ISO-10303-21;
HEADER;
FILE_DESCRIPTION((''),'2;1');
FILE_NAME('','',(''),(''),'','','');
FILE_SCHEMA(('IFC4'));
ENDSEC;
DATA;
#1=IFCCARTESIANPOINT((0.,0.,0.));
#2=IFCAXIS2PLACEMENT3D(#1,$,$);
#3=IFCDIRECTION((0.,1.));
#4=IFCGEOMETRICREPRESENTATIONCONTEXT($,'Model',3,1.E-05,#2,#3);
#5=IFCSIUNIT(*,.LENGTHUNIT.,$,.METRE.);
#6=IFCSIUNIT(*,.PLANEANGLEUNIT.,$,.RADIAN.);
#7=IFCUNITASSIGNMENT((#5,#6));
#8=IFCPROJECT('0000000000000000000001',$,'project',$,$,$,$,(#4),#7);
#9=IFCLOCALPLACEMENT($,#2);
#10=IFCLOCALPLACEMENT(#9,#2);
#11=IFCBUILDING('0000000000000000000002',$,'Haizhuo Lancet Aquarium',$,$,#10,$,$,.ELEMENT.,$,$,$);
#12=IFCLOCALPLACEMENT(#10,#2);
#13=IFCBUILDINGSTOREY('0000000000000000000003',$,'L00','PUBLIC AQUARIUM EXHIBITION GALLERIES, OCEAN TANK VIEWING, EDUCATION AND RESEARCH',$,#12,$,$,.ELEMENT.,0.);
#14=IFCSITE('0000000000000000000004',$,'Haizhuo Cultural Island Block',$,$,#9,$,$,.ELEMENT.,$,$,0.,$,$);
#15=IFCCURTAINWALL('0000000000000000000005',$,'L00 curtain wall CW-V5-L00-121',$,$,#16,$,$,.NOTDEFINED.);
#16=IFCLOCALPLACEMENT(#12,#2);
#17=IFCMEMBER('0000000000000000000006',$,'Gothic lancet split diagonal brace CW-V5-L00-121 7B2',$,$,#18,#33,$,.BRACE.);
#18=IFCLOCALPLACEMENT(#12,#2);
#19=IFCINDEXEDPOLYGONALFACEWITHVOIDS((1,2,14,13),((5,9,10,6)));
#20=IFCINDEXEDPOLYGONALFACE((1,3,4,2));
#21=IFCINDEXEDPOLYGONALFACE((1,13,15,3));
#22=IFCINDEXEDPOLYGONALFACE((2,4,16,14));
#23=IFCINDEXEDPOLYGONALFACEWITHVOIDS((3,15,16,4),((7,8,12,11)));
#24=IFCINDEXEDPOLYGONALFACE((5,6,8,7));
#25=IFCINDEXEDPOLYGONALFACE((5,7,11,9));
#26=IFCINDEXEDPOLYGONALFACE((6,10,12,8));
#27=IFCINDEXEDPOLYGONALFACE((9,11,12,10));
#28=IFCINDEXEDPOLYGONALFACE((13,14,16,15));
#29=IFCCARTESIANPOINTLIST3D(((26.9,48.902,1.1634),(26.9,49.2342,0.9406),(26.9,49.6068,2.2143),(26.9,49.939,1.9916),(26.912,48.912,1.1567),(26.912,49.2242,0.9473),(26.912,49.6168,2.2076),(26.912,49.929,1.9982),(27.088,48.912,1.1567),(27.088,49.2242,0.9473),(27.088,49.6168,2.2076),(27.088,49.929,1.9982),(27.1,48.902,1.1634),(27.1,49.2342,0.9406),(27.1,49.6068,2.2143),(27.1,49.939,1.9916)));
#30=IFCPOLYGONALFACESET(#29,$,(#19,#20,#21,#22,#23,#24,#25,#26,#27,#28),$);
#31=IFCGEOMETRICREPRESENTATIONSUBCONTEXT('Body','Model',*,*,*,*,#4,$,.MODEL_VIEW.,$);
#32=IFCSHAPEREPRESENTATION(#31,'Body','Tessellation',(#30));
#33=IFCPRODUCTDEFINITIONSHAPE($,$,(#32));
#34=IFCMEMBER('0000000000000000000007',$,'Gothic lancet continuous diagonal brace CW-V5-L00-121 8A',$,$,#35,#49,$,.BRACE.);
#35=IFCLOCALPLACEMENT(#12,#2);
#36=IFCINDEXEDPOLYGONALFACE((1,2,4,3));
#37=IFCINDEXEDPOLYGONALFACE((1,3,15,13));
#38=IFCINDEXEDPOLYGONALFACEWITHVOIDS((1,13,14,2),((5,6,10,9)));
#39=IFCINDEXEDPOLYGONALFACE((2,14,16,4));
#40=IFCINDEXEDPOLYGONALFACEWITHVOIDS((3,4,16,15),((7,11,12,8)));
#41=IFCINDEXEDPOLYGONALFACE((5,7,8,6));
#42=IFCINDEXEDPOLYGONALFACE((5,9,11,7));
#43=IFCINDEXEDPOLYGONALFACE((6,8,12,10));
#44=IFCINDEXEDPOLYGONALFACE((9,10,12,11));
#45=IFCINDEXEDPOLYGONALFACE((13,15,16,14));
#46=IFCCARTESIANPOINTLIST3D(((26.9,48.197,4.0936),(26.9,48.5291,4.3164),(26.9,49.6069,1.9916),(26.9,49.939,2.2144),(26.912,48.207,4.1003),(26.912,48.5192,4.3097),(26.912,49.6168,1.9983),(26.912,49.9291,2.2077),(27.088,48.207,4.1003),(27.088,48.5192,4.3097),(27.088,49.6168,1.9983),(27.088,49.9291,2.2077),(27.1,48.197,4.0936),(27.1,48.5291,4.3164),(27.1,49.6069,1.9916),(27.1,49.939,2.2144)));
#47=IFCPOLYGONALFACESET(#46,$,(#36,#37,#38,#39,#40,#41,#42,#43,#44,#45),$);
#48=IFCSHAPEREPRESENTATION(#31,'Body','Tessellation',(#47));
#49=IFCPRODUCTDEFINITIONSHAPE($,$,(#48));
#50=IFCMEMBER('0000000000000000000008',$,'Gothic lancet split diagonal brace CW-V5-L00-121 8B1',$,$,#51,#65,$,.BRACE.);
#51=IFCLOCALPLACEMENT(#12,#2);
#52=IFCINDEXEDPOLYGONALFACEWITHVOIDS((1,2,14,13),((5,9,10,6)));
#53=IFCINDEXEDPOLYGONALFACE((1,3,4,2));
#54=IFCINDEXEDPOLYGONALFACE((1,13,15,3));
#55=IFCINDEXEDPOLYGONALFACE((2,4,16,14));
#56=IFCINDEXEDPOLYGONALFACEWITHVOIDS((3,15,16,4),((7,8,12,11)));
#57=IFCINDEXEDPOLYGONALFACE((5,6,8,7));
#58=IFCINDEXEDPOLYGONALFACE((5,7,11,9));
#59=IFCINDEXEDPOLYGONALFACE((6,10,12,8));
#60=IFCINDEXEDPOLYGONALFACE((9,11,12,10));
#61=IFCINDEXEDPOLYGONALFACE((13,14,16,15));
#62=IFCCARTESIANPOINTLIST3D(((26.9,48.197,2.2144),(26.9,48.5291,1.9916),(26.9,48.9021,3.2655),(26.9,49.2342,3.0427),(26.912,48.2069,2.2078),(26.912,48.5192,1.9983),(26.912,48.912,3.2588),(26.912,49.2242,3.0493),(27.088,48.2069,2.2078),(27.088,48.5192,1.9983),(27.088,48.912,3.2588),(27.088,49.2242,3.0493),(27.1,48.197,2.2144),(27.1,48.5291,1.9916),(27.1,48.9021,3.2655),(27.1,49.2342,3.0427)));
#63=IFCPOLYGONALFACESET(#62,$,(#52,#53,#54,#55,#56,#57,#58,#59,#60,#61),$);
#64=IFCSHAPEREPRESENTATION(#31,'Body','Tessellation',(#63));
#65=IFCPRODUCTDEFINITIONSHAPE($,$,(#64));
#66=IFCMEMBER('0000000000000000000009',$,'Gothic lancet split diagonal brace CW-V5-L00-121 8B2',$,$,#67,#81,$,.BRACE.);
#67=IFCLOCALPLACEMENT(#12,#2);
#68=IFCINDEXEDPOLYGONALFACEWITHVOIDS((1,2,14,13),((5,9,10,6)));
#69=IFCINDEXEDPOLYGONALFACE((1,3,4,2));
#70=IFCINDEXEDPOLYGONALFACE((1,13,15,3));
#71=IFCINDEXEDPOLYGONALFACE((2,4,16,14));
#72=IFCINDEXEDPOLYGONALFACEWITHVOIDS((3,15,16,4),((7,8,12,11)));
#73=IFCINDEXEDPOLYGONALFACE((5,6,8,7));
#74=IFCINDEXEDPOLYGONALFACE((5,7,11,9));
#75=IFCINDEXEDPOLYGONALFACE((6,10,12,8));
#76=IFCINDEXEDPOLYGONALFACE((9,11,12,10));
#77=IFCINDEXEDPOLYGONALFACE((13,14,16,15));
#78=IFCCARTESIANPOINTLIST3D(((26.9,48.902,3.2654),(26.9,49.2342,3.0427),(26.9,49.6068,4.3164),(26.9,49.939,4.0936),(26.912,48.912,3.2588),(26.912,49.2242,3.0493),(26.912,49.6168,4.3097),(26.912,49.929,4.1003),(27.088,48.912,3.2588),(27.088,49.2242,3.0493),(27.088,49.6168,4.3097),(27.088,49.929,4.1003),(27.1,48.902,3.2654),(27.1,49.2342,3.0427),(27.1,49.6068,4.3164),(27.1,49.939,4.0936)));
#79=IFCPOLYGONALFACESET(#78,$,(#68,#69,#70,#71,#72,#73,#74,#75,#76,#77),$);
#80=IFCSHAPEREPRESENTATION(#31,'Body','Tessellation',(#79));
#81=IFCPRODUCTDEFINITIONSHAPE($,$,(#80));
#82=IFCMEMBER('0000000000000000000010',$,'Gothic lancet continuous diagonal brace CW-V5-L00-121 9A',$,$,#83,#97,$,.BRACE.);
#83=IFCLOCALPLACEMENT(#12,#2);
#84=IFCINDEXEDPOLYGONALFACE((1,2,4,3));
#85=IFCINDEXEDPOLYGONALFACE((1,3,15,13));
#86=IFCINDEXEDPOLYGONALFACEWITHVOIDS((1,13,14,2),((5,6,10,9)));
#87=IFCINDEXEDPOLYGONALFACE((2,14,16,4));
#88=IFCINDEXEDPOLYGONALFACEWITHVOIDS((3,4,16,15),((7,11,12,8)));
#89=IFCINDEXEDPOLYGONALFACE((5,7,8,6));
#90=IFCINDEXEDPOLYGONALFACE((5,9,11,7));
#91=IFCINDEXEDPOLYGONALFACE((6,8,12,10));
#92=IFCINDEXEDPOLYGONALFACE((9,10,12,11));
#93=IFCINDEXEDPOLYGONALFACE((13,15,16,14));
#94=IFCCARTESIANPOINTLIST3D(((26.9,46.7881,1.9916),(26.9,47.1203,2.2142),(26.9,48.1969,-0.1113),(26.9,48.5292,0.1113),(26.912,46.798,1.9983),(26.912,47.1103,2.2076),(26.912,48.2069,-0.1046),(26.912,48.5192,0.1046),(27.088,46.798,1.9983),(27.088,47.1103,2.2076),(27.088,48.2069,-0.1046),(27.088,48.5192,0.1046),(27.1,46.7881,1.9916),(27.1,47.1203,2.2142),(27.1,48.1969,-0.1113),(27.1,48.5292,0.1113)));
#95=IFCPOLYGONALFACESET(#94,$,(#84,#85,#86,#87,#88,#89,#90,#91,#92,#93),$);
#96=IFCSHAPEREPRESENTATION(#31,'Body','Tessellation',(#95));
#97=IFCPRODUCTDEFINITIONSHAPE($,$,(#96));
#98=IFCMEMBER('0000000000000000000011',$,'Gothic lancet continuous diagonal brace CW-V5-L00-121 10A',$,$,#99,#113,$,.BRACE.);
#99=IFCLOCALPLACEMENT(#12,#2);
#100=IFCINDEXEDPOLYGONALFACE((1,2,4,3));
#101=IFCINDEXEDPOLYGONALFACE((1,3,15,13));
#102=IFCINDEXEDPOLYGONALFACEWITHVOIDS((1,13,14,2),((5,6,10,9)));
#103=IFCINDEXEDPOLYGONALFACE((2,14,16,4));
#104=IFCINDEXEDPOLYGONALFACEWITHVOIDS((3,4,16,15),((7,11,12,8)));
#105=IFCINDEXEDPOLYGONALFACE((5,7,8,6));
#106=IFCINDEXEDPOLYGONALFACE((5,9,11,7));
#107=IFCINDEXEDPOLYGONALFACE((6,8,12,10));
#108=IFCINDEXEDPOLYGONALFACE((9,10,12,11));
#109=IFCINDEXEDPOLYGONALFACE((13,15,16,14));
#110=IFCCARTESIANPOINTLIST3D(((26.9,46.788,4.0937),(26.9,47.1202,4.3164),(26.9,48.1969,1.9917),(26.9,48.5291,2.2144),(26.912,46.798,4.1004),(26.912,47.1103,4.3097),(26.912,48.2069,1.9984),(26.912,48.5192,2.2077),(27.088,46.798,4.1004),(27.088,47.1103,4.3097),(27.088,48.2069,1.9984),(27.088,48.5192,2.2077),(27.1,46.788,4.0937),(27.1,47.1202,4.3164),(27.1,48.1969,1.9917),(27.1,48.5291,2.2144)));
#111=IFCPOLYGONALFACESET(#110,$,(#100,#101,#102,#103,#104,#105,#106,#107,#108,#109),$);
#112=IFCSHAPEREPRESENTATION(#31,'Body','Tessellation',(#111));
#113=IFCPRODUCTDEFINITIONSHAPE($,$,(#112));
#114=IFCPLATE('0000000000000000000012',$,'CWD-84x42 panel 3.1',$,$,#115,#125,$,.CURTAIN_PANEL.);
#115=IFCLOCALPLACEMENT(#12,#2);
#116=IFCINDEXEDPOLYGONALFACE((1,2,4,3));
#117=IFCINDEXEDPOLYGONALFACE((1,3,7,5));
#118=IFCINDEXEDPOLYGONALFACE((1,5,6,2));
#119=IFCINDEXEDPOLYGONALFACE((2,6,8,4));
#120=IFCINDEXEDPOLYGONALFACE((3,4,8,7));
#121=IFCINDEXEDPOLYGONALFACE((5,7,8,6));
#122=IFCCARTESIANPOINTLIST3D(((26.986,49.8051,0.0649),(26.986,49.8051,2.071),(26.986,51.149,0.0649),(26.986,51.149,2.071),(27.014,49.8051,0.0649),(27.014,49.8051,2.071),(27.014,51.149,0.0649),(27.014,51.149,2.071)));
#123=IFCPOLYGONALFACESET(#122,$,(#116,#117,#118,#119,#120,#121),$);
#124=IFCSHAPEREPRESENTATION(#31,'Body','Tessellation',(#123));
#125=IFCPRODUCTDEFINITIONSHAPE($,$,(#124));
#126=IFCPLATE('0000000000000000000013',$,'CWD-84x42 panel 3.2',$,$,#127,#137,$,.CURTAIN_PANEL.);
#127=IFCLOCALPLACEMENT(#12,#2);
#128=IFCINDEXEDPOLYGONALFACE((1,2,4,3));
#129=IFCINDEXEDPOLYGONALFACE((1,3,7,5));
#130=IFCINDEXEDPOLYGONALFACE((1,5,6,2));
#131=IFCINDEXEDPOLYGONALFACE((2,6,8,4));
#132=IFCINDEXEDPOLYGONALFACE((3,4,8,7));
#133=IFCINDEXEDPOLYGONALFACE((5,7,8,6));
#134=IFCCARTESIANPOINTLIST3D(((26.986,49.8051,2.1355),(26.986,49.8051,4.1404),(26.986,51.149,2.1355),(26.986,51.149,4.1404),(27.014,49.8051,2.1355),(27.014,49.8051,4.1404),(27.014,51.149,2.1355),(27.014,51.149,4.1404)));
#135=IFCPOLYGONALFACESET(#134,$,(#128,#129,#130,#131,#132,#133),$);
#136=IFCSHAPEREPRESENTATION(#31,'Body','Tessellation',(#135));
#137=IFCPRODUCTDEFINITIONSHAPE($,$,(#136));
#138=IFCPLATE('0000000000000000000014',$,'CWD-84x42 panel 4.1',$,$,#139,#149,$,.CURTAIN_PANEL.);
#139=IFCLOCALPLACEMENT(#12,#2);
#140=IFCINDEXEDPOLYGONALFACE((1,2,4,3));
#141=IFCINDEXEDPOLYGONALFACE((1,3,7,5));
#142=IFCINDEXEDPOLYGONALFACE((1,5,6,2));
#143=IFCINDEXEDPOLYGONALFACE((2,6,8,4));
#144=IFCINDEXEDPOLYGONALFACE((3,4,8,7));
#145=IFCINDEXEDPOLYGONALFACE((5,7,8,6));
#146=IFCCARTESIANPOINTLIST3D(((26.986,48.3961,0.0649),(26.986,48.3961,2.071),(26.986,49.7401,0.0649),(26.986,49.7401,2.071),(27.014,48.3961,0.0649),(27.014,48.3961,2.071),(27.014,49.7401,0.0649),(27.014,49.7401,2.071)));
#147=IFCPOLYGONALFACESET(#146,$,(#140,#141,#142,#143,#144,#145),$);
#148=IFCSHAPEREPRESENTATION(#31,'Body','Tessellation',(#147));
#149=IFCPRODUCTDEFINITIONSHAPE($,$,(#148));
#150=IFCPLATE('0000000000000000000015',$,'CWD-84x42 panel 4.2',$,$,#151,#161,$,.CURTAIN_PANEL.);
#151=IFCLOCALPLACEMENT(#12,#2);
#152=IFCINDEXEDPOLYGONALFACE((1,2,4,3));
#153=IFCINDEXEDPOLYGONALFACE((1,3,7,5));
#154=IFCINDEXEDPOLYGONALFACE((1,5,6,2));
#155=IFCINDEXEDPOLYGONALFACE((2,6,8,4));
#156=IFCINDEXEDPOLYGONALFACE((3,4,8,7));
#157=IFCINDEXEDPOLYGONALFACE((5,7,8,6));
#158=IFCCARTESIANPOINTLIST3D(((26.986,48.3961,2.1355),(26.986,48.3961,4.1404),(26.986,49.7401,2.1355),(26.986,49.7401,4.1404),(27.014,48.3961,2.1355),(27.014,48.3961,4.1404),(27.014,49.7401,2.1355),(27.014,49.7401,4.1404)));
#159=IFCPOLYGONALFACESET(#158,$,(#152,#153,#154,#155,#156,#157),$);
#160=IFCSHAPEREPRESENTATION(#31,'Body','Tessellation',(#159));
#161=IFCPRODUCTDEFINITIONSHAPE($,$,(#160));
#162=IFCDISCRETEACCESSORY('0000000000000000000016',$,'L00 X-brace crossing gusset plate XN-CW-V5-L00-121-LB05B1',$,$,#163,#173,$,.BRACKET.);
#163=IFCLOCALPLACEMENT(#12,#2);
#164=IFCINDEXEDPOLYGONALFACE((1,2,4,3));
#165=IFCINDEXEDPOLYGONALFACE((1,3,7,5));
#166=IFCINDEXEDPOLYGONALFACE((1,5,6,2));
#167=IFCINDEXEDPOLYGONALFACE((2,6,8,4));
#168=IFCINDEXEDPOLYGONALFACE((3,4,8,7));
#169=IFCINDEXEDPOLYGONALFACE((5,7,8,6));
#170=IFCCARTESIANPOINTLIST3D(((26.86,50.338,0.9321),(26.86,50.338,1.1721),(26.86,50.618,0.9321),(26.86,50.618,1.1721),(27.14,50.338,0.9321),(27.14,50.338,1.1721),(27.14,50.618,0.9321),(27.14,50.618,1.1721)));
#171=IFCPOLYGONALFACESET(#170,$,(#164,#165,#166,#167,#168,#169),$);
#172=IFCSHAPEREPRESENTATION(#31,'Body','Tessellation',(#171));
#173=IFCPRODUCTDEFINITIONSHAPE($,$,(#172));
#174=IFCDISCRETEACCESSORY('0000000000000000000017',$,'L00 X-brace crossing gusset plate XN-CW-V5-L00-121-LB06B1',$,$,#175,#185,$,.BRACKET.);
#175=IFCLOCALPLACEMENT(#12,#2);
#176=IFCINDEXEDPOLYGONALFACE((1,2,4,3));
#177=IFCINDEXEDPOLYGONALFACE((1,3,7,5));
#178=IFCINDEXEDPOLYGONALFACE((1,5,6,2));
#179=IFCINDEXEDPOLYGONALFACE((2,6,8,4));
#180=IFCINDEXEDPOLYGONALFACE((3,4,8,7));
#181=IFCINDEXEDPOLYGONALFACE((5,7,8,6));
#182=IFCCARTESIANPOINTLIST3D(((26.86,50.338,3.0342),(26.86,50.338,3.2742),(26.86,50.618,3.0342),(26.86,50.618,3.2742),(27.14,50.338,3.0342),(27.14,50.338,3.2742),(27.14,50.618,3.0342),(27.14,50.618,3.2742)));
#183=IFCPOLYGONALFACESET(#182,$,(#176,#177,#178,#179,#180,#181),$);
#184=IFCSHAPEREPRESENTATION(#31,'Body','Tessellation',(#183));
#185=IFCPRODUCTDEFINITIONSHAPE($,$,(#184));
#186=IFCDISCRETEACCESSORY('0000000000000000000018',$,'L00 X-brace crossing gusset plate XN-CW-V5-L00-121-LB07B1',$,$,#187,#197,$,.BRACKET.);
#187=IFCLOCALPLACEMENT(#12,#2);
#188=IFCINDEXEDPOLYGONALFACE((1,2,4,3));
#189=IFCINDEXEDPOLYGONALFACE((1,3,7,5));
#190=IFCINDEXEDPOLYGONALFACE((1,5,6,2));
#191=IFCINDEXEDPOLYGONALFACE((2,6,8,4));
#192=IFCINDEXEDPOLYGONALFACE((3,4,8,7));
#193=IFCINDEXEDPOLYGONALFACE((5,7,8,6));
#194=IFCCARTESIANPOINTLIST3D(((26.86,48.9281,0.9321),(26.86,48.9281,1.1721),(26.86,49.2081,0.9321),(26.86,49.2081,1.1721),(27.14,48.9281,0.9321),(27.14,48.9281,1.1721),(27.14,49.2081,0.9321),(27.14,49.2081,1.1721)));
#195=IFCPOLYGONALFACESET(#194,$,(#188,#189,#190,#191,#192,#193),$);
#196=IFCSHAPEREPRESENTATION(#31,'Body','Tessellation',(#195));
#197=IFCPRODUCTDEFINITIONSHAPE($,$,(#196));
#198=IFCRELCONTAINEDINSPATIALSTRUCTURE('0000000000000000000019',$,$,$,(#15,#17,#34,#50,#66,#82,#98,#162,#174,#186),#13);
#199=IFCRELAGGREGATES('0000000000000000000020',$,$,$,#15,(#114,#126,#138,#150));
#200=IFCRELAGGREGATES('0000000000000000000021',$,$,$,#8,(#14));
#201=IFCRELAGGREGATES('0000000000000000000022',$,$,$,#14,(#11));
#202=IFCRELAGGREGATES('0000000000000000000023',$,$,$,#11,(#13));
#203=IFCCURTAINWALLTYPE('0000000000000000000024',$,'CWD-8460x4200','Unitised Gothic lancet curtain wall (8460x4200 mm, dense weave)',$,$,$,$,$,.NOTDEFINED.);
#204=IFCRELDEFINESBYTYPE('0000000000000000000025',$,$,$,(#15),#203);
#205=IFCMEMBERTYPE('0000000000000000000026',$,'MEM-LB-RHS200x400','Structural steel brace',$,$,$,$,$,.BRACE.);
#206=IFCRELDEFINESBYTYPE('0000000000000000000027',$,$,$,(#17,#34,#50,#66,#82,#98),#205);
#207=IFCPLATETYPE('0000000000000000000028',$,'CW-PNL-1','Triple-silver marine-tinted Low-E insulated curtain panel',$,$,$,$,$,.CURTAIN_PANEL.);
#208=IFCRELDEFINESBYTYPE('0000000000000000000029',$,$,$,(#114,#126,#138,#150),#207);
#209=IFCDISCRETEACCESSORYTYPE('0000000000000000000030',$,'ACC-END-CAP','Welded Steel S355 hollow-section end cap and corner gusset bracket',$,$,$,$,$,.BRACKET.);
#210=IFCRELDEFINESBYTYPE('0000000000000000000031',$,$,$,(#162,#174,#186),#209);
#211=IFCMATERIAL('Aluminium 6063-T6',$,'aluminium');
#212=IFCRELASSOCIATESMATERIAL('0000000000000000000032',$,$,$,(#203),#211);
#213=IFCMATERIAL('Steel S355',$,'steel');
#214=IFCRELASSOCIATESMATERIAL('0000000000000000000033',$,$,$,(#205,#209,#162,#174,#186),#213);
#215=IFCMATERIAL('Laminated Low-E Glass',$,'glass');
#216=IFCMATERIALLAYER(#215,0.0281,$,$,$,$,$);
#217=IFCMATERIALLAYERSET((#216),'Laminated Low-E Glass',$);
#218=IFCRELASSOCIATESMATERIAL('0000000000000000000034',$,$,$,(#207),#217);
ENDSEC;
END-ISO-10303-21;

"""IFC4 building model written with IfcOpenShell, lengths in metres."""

from ifc_helpers import new_model, si_unit, direction, frame, origin, origin_2d, place, context, subcontext, project, spatial, rectangle, hollow_rectangle, extrude, material, layer, layer_set, material_profile, profile_set, type_object, element, aggregate, save


model = new_model("IFC4")

# Units and contexts
model_context = context("Model", 3, precision=1e-05, world=origin(), true_north=direction((0.0, 1.0)))
body_context = subcontext(model_context, "Body", "Model", "MODEL_VIEW")
ifc_project = project(units=[si_unit("LENGTHUNIT", "METRE"), si_unit("PLANEANGLEUNIT", "RADIAN")], contexts=[model_context])

# Site, building, storey
site_placement = place(None, origin())
site = spatial("IfcSite", under=ifc_project, at=site_placement, Name="Haizhuo Cultural Island Block", CompositionType="ELEMENT", RefElevation=0.0)
building_placement = place(site_placement, origin())
building = spatial("IfcBuilding", under=site, at=building_placement, Name="Haizhuo Lancet Aquarium", CompositionType="ELEMENT")
storey_placement = place(building_placement, origin())
storey = spatial("IfcBuildingStorey", under=building, at=storey_placement, Name="L00", Description="PUBLIC AQUARIUM EXHIBITION GALLERIES, OCEAN TANK VIEWING, EDUCATION AND RESEARCH", CompositionType="ELEMENT", Elevation=0.0)

# Curtain wall
ifc_material_1 = material(Name="Aluminium 6063-T6", Category="aluminium")
curtain_wall_type = type_object("IfcCurtainWallType", Name="CWD-8460x4200", Description="Unitised Gothic lancet curtain wall (8460x4200 mm, dense weave)", PredefinedType="NOTDEFINED", material=ifc_material_1)
curtain_wall_placement = place(storey_placement, origin())
curtain_wall = element("IfcCurtainWall", 1, at=curtain_wall_placement, inside=storey, type_object=curtain_wall_type, Name="L00 curtain wall CW-V5-L00-121", PredefinedType="NOTDEFINED")

# Members
ifc_material_2 = material(Name="Steel S355", Category="steel")
ifc_material_profile_1 = material_profile(ifc_material_2, hollow_rectangle(XDim=0.2, YDim=0.3999, WallThickness=0.012, at=origin_2d()), Name="RHS 200x400x12")
ifc_profile_set_1 = profile_set([ifc_material_profile_1], Name="Steel S355")
member_type_1 = type_object("IfcMemberType", Name="MEM-LB-RHS200x400", Description="Structural steel brace", PredefinedType="BRACE", material=ifc_profile_set_1)
member_1_placement = place(storey_placement, frame((27.0, 49.0681, 1.052), z_axis=(0.0, 0.556969, 0.830533), x_axis=(-1.0, 0.0, 0.0)))
element("IfcMember", 2, at=member_1_placement, inside=storey, type_object=member_type_1, Name="Gothic lancet split diagonal brace CW-V5-L00-121 7B2", PredefinedType="BRACE", context=body_context, shape_type="SweptSolid", body=[
    extrude(hollow_rectangle(XDim=0.2, YDim=0.3999, WallThickness=0.012, at=origin_2d()), origin(), (0.0, 0.0, 1.0), 1.2654),
])
member_2_placement = place(storey_placement, frame((27.0, 49.7729, 2.103), z_axis=(0.0, -0.557035, 0.830489), x_axis=(1.0, 0.0, 0.0)))
element("IfcMember", 3, at=member_2_placement, inside=storey, type_object=member_type_1, Name="Gothic lancet continuous diagonal brace CW-V5-L00-121 8A", PredefinedType="BRACE", context=body_context, shape_type="SweptSolid", body=[
    extrude(hollow_rectangle(XDim=0.2, YDim=0.3999, WallThickness=0.012, at=origin_2d()), origin(), (0.0, 0.0, 1.0), 2.531),
])
member_3_placement = place(storey_placement, frame((27.0, 48.363, 2.103), z_axis=(0.0, 0.557102, 0.830444), x_axis=(-1.0, 0.0, 0.0)))
element("IfcMember", 4, at=member_3_placement, inside=storey, type_object=member_type_1, Name="Gothic lancet split diagonal brace CW-V5-L00-121 8B1", PredefinedType="BRACE", context=body_context, shape_type="SweptSolid", body=[
    extrude(hollow_rectangle(XDim=0.2, YDim=0.3999, WallThickness=0.012, at=origin_2d()), origin(), (0.0, 0.0, 1.0), 1.2656),
])
member_4_placement = place(storey_placement, frame((27.0, 49.0681, 3.1541), z_axis=(0.0, 0.556969, 0.830533), x_axis=(-1.0, 0.0, 0.0)))
element("IfcMember", 5, at=member_4_placement, inside=storey, type_object=member_type_1, Name="Gothic lancet split diagonal brace CW-V5-L00-121 8B2", PredefinedType="BRACE", context=body_context, shape_type="SweptSolid", body=[
    extrude(hollow_rectangle(XDim=0.2, YDim=0.3999, WallThickness=0.012, at=origin_2d()), origin(), (0.0, 0.0, 1.0), 1.2654),
])
member_5_placement = place(storey_placement, frame((27.0, 48.363, 0.0), z_axis=(0.0, -0.556591, 0.830787), x_axis=(1.0, 0.0, 0.0)))
element("IfcMember", 6, at=member_5_placement, inside=storey, type_object=member_type_1, Name="Gothic lancet continuous diagonal brace CW-V5-L00-121 9A", PredefinedType="BRACE", context=body_context, shape_type="SweptSolid", body=[
    extrude(hollow_rectangle(XDim=0.2, YDim=0.3999, WallThickness=0.012, at=origin_2d()), origin(), (0.0, 0.0, 1.0), 2.5312),
])
member_6_placement = place(storey_placement, frame((27.0, 48.363, 2.103), z_axis=(0.0, -0.556769, 0.830667), x_axis=(1.0, 0.0, 0.0)))
element("IfcMember", 7, at=member_6_placement, inside=storey, type_object=member_type_1, Name="Gothic lancet continuous diagonal brace CW-V5-L00-121 10A", PredefinedType="BRACE", context=body_context, shape_type="SweptSolid", body=[
    extrude(hollow_rectangle(XDim=0.2, YDim=0.3999, WallThickness=0.012, at=origin_2d()), origin(), (0.0, 0.0, 1.0), 2.5305),
])

# Plates
ifc_material_3 = material(Name="Laminated Low-E Glass", Category="glass")
ifc_layer = layer(ifc_material_3, 0.0281)
ifc_layer_set = layer_set([ifc_layer], Name="Laminated Low-E Glass")
plate_type = type_object("IfcPlateType", Name="CW-PNL-1", Description="Triple-silver marine-tinted Low-E insulated curtain panel", PredefinedType="CURTAIN_PANEL", material=ifc_layer_set)
plate_1_placement = place(storey_placement, frame((27.0, 50.4771, 0.0649), z_axis=(0.0, 0.0, 1.0), x_axis=(0.0, -1.0, 0.0)))
plate_1 = element("IfcPlate", 8, at=plate_1_placement, type_object=plate_type, Name="CWD-84x42 panel 3.1", PredefinedType="CURTAIN_PANEL", context=body_context, shape_type="SweptSolid", body=[
    extrude(rectangle(XDim=1.344, YDim=0.0281, at=origin_2d()), origin(), (0.0, 0.0, 1.0), 2.0061),
])
plate_2_placement = place(storey_placement, frame((27.0, 50.4771, 2.1355), z_axis=(0.0, 0.0, 1.0), x_axis=(0.0, -1.0, 0.0)))
plate_2 = element("IfcPlate", 9, at=plate_2_placement, type_object=plate_type, Name="CWD-84x42 panel 3.2", PredefinedType="CURTAIN_PANEL", context=body_context, shape_type="SweptSolid", body=[
    extrude(rectangle(XDim=1.344, YDim=0.0281, at=origin_2d()), origin(), (0.0, 0.0, 1.0), 2.0049),
])
plate_3_placement = place(storey_placement, frame((27.0, 49.0681, 0.0649), z_axis=(0.0, 0.0, 1.0), x_axis=(0.0, -1.0, 0.0)))
plate_3 = element("IfcPlate", 10, at=plate_3_placement, type_object=plate_type, Name="CWD-84x42 panel 4.1", PredefinedType="CURTAIN_PANEL", context=body_context, shape_type="SweptSolid", body=[
    extrude(rectangle(XDim=1.344, YDim=0.0281, at=origin_2d()), origin(), (0.0, 0.0, 1.0), 2.0061),
])
plate_4_placement = place(storey_placement, frame((27.0, 49.0681, 2.1355), z_axis=(0.0, 0.0, 1.0), x_axis=(0.0, -1.0, 0.0)))
plate_4 = element("IfcPlate", 11, at=plate_4_placement, type_object=plate_type, Name="CWD-84x42 panel 4.2", PredefinedType="CURTAIN_PANEL", context=body_context, shape_type="SweptSolid", body=[
    extrude(rectangle(XDim=1.344, YDim=0.0281, at=origin_2d()), origin(), (0.0, 0.0, 1.0), 2.0049),
])
aggregate(curtain_wall, [plate_1, plate_2, plate_3, plate_4])

# Discrete accessories
discrete_accessory_type = type_object("IfcDiscreteAccessoryType", Name="ACC-END-CAP", Description="Welded Steel S355 hollow-section end cap and corner gusset bracket", PredefinedType="BRACKET", material=ifc_material_2)
for number, where, z_axis, x_axis, name in (
    (12, (27.0, 50.478, 0.9321), (0.0, 0.0, 1.0), (1.0, 0.0, 0.0), "L00 X-brace crossing gusset plate XN-CW-V5-L00-121-LB05B1"),
    (13, (27.0, 50.478, 3.0342), (0.0, 0.0, 1.0), (1.0, 0.0, 0.0), "L00 X-brace crossing gusset plate XN-CW-V5-L00-121-LB06B1"),
    (14, (27.0, 49.0681, 0.9321), (0.0, 0.0, 1.0), (1.0, 0.0, 0.0), "L00 X-brace crossing gusset plate XN-CW-V5-L00-121-LB07B1"),
):
    element("IfcDiscreteAccessory", number, at=place(storey_placement, frame(where, z_axis=z_axis, x_axis=x_axis)), inside=storey, type_object=discrete_accessory_type, material=ifc_material_2, Name=name, PredefinedType="BRACKET", context=body_context, shape_type="SweptSolid", body=[
        extrude(rectangle(XDim=0.28, YDim=0.28, at=origin_2d()), origin(), (0.0, 0.0, 1.0), 0.24),
    ])

save(model, "model.ifc")
